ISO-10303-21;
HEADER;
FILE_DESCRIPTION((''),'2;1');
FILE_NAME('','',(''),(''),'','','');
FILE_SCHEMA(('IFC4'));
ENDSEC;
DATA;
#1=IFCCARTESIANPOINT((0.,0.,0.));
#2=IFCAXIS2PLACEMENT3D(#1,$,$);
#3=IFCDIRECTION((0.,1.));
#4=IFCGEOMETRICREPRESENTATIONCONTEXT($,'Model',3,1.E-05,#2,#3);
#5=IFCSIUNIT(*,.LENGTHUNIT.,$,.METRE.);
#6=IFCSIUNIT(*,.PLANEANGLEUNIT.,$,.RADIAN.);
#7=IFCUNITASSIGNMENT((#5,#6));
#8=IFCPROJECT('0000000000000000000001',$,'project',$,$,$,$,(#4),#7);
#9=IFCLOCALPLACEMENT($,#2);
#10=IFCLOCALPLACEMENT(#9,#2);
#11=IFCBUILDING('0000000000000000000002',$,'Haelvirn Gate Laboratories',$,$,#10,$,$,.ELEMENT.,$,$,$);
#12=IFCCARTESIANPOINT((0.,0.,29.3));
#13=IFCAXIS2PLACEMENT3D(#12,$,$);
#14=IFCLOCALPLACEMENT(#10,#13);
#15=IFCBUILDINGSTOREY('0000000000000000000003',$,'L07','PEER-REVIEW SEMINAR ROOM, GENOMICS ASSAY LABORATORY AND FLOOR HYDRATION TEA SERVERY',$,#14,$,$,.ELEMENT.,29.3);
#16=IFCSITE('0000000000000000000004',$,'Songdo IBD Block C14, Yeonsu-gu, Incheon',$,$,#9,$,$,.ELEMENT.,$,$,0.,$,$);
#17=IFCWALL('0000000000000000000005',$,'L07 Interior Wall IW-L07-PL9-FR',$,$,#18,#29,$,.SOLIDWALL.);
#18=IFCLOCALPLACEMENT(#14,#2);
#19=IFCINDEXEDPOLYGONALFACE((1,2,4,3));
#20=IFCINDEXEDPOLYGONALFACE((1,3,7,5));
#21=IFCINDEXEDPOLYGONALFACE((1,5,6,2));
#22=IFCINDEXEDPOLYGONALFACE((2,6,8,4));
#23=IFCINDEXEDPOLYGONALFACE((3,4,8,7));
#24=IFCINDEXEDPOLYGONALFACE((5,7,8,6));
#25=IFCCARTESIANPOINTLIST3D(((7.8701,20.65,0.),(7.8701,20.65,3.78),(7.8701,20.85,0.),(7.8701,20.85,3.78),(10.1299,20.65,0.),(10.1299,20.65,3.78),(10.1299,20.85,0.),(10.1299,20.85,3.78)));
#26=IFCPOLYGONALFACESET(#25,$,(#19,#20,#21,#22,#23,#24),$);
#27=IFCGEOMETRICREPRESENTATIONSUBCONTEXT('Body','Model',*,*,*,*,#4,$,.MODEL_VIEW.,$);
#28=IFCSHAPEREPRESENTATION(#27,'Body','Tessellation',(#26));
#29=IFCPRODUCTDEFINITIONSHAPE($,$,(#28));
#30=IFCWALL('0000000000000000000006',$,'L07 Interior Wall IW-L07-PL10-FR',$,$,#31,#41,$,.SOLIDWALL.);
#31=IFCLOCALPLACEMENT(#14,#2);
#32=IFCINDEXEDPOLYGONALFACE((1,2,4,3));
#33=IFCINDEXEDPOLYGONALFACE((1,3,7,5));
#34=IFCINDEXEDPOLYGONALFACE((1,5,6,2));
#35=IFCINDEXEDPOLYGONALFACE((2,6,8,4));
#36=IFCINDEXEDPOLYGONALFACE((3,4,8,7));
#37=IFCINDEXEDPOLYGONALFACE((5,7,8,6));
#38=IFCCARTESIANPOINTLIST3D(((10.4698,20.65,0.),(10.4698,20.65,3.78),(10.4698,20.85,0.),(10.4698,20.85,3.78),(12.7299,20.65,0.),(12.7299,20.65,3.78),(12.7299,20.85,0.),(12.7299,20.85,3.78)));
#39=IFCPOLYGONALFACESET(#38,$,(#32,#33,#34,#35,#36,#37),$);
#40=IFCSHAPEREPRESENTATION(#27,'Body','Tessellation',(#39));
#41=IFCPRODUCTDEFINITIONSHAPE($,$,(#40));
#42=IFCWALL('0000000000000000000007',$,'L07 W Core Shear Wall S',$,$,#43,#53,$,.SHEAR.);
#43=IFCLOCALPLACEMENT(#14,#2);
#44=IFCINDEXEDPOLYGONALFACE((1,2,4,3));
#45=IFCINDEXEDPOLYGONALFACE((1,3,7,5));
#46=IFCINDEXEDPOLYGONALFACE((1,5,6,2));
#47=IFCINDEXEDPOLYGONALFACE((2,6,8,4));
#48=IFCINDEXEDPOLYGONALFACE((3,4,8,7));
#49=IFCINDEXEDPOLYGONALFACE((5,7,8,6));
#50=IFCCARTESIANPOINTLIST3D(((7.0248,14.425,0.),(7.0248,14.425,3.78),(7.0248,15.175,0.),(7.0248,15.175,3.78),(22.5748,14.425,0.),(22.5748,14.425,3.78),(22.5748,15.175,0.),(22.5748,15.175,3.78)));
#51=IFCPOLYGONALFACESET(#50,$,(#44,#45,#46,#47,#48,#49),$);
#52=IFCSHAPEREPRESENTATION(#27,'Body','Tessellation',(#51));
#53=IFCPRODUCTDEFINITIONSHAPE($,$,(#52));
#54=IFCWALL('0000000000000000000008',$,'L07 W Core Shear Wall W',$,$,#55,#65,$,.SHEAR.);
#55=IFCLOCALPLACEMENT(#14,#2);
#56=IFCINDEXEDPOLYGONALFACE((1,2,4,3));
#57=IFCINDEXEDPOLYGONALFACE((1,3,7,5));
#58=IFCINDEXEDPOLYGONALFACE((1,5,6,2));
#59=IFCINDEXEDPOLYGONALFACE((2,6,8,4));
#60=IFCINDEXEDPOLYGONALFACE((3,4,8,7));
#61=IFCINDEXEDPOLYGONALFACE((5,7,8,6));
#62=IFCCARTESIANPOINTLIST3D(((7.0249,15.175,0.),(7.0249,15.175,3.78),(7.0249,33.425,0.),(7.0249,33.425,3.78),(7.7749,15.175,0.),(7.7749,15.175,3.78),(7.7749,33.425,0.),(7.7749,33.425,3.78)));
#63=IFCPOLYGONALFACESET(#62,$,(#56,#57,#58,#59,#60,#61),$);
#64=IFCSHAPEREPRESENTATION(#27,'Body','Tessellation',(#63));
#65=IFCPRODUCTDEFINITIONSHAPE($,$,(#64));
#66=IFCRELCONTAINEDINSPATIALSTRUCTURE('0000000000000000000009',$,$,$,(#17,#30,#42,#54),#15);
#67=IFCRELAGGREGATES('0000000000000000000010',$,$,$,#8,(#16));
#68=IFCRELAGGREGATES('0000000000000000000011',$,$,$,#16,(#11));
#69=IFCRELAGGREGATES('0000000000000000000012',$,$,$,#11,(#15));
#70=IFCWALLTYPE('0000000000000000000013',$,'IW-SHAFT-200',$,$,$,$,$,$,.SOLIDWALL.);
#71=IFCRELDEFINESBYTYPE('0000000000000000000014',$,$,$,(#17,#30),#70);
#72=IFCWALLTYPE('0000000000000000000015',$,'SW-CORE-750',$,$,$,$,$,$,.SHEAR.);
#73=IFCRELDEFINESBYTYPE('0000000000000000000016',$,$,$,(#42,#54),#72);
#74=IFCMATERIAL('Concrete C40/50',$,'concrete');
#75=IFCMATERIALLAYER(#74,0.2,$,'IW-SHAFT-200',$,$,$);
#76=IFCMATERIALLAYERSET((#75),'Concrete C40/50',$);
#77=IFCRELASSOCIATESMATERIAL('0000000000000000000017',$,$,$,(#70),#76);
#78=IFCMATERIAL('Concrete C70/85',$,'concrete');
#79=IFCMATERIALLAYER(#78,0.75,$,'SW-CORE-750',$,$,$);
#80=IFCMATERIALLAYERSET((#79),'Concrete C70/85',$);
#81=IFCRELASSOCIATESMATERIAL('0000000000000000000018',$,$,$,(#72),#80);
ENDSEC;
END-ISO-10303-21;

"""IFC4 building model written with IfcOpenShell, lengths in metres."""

from ifc_helpers import new_model, si_unit, direction, frame, frame_2d, origin, place, context, subcontext, project, spatial, rectangle, extrude, material, layer, layer_set, type_object, element, save


model = new_model("IFC4")

# Units and contexts
model_context = context("Model", 3, precision=1e-05, world=origin(), true_north=direction((0.0, 1.0)))
body_context = subcontext(model_context, "Body", "Model", "MODEL_VIEW")
ifc_project = project(units=[si_unit("LENGTHUNIT", "METRE"), si_unit("PLANEANGLEUNIT", "RADIAN")], contexts=[model_context])

# Site, building, storey
site_placement = place(None, origin())
site = spatial("IfcSite", under=ifc_project, at=site_placement, Name="Songdo IBD Block C14, Yeonsu-gu, Incheon", CompositionType="ELEMENT", RefElevation=0.0)
building_placement = place(site_placement, origin())
building = spatial("IfcBuilding", under=site, at=building_placement, Name="Haelvirn Gate Laboratories", CompositionType="ELEMENT")
storey_placement = place(building_placement, frame((0.0, 0.0, 29.3)))
storey = spatial("IfcBuildingStorey", under=building, at=storey_placement, Name="L07", Description="PEER-REVIEW SEMINAR ROOM, GENOMICS ASSAY LABORATORY AND FLOOR HYDRATION TEA SERVERY", CompositionType="ELEMENT", Elevation=29.3)

# Shared definitions
ifc_material_1 = material(Name="Concrete C70/85", Category="concrete")

# Shared definitions
ifc_material_2 = material(Name="Concrete C40/50", Category="concrete")

# Shared definitions
ifc_layer_1 = layer(ifc_material_2, 0.2, Name="IW-SHAFT-200")
ifc_layer_set_1 = layer_set([ifc_layer_1], Name="Concrete C40/50")
wall_type_1 = type_object("IfcWallType", Name="IW-SHAFT-200", PredefinedType="SOLIDWALL", material=ifc_layer_set_1)

# Walls
wall_1_placement = place(storey_placement, frame((7.8701, 20.75, 0.0), z_axis=(0.0, 0.0, 1.0), x_axis=(1.0, 0.0, 0.0)))
element("IfcWall", 1, at=wall_1_placement, inside=storey, type_object=wall_type_1, Name="L07 Interior Wall IW-L07-PL9-FR", PredefinedType="SOLIDWALL", context=body_context, shape_type="SweptSolid", body=[
    extrude(rectangle(XDim=2.2598, YDim=0.2, at=frame_2d((1.1299, 0.0))), origin(), (0.0, 0.0, 1.0), 3.78),
])
wall_2_placement = place(storey_placement, frame((10.47, 20.75, 0.0), z_axis=(0.0, 0.0, 1.0), x_axis=(1.0, 0.0, 0.0)))
element("IfcWall", 2, at=wall_2_placement, inside=storey, type_object=wall_type_1, Name="L07 Interior Wall IW-L07-PL10-FR", PredefinedType="SOLIDWALL", context=body_context, shape_type="SweptSolid", body=[
    extrude(rectangle(XDim=2.26, YDim=0.2, at=frame_2d((1.1299, 0.0))), origin(), (0.0, 0.0, 1.0), 3.78),
])
ifc_layer_2 = layer(ifc_material_1, 0.75, Name="SW-CORE-750")
ifc_layer_set_2 = layer_set([ifc_layer_2], Name="Concrete C70/85")
wall_type_2 = type_object("IfcWallType", Name="SW-CORE-750", PredefinedType="SHEAR", material=ifc_layer_set_2)
wall_3_placement = place(storey_placement, frame((7.0249, 14.8, 0.0), z_axis=(0.0, 0.0, 1.0), x_axis=(1.0, 0.0, 0.0)))
element("IfcWall", 3, at=wall_3_placement, inside=storey, type_object=wall_type_2, Name="L07 W Core Shear Wall S", PredefinedType="SHEAR", context=body_context, shape_type="SweptSolid", body=[
    extrude(rectangle(XDim=15.55, YDim=0.75, at=frame_2d((7.7749, 0.0))), origin(), (0.0, 0.0, 1.0), 3.78),
])
wall_4_placement = place(storey_placement, frame((7.3999, 15.175, 0.0), z_axis=(0.0, 0.0, 1.0), x_axis=(0.0, 1.0, 0.0)))
element("IfcWall", 4, at=wall_4_placement, inside=storey, type_object=wall_type_2, Name="L07 W Core Shear Wall W", PredefinedType="SHEAR", context=body_context, shape_type="SweptSolid", body=[
    extrude(rectangle(XDim=18.25, YDim=0.75, at=frame_2d((9.125, 0.0))), origin(), (0.0, 0.0, 1.0), 3.78),
])

save(model, "model.ifc")
